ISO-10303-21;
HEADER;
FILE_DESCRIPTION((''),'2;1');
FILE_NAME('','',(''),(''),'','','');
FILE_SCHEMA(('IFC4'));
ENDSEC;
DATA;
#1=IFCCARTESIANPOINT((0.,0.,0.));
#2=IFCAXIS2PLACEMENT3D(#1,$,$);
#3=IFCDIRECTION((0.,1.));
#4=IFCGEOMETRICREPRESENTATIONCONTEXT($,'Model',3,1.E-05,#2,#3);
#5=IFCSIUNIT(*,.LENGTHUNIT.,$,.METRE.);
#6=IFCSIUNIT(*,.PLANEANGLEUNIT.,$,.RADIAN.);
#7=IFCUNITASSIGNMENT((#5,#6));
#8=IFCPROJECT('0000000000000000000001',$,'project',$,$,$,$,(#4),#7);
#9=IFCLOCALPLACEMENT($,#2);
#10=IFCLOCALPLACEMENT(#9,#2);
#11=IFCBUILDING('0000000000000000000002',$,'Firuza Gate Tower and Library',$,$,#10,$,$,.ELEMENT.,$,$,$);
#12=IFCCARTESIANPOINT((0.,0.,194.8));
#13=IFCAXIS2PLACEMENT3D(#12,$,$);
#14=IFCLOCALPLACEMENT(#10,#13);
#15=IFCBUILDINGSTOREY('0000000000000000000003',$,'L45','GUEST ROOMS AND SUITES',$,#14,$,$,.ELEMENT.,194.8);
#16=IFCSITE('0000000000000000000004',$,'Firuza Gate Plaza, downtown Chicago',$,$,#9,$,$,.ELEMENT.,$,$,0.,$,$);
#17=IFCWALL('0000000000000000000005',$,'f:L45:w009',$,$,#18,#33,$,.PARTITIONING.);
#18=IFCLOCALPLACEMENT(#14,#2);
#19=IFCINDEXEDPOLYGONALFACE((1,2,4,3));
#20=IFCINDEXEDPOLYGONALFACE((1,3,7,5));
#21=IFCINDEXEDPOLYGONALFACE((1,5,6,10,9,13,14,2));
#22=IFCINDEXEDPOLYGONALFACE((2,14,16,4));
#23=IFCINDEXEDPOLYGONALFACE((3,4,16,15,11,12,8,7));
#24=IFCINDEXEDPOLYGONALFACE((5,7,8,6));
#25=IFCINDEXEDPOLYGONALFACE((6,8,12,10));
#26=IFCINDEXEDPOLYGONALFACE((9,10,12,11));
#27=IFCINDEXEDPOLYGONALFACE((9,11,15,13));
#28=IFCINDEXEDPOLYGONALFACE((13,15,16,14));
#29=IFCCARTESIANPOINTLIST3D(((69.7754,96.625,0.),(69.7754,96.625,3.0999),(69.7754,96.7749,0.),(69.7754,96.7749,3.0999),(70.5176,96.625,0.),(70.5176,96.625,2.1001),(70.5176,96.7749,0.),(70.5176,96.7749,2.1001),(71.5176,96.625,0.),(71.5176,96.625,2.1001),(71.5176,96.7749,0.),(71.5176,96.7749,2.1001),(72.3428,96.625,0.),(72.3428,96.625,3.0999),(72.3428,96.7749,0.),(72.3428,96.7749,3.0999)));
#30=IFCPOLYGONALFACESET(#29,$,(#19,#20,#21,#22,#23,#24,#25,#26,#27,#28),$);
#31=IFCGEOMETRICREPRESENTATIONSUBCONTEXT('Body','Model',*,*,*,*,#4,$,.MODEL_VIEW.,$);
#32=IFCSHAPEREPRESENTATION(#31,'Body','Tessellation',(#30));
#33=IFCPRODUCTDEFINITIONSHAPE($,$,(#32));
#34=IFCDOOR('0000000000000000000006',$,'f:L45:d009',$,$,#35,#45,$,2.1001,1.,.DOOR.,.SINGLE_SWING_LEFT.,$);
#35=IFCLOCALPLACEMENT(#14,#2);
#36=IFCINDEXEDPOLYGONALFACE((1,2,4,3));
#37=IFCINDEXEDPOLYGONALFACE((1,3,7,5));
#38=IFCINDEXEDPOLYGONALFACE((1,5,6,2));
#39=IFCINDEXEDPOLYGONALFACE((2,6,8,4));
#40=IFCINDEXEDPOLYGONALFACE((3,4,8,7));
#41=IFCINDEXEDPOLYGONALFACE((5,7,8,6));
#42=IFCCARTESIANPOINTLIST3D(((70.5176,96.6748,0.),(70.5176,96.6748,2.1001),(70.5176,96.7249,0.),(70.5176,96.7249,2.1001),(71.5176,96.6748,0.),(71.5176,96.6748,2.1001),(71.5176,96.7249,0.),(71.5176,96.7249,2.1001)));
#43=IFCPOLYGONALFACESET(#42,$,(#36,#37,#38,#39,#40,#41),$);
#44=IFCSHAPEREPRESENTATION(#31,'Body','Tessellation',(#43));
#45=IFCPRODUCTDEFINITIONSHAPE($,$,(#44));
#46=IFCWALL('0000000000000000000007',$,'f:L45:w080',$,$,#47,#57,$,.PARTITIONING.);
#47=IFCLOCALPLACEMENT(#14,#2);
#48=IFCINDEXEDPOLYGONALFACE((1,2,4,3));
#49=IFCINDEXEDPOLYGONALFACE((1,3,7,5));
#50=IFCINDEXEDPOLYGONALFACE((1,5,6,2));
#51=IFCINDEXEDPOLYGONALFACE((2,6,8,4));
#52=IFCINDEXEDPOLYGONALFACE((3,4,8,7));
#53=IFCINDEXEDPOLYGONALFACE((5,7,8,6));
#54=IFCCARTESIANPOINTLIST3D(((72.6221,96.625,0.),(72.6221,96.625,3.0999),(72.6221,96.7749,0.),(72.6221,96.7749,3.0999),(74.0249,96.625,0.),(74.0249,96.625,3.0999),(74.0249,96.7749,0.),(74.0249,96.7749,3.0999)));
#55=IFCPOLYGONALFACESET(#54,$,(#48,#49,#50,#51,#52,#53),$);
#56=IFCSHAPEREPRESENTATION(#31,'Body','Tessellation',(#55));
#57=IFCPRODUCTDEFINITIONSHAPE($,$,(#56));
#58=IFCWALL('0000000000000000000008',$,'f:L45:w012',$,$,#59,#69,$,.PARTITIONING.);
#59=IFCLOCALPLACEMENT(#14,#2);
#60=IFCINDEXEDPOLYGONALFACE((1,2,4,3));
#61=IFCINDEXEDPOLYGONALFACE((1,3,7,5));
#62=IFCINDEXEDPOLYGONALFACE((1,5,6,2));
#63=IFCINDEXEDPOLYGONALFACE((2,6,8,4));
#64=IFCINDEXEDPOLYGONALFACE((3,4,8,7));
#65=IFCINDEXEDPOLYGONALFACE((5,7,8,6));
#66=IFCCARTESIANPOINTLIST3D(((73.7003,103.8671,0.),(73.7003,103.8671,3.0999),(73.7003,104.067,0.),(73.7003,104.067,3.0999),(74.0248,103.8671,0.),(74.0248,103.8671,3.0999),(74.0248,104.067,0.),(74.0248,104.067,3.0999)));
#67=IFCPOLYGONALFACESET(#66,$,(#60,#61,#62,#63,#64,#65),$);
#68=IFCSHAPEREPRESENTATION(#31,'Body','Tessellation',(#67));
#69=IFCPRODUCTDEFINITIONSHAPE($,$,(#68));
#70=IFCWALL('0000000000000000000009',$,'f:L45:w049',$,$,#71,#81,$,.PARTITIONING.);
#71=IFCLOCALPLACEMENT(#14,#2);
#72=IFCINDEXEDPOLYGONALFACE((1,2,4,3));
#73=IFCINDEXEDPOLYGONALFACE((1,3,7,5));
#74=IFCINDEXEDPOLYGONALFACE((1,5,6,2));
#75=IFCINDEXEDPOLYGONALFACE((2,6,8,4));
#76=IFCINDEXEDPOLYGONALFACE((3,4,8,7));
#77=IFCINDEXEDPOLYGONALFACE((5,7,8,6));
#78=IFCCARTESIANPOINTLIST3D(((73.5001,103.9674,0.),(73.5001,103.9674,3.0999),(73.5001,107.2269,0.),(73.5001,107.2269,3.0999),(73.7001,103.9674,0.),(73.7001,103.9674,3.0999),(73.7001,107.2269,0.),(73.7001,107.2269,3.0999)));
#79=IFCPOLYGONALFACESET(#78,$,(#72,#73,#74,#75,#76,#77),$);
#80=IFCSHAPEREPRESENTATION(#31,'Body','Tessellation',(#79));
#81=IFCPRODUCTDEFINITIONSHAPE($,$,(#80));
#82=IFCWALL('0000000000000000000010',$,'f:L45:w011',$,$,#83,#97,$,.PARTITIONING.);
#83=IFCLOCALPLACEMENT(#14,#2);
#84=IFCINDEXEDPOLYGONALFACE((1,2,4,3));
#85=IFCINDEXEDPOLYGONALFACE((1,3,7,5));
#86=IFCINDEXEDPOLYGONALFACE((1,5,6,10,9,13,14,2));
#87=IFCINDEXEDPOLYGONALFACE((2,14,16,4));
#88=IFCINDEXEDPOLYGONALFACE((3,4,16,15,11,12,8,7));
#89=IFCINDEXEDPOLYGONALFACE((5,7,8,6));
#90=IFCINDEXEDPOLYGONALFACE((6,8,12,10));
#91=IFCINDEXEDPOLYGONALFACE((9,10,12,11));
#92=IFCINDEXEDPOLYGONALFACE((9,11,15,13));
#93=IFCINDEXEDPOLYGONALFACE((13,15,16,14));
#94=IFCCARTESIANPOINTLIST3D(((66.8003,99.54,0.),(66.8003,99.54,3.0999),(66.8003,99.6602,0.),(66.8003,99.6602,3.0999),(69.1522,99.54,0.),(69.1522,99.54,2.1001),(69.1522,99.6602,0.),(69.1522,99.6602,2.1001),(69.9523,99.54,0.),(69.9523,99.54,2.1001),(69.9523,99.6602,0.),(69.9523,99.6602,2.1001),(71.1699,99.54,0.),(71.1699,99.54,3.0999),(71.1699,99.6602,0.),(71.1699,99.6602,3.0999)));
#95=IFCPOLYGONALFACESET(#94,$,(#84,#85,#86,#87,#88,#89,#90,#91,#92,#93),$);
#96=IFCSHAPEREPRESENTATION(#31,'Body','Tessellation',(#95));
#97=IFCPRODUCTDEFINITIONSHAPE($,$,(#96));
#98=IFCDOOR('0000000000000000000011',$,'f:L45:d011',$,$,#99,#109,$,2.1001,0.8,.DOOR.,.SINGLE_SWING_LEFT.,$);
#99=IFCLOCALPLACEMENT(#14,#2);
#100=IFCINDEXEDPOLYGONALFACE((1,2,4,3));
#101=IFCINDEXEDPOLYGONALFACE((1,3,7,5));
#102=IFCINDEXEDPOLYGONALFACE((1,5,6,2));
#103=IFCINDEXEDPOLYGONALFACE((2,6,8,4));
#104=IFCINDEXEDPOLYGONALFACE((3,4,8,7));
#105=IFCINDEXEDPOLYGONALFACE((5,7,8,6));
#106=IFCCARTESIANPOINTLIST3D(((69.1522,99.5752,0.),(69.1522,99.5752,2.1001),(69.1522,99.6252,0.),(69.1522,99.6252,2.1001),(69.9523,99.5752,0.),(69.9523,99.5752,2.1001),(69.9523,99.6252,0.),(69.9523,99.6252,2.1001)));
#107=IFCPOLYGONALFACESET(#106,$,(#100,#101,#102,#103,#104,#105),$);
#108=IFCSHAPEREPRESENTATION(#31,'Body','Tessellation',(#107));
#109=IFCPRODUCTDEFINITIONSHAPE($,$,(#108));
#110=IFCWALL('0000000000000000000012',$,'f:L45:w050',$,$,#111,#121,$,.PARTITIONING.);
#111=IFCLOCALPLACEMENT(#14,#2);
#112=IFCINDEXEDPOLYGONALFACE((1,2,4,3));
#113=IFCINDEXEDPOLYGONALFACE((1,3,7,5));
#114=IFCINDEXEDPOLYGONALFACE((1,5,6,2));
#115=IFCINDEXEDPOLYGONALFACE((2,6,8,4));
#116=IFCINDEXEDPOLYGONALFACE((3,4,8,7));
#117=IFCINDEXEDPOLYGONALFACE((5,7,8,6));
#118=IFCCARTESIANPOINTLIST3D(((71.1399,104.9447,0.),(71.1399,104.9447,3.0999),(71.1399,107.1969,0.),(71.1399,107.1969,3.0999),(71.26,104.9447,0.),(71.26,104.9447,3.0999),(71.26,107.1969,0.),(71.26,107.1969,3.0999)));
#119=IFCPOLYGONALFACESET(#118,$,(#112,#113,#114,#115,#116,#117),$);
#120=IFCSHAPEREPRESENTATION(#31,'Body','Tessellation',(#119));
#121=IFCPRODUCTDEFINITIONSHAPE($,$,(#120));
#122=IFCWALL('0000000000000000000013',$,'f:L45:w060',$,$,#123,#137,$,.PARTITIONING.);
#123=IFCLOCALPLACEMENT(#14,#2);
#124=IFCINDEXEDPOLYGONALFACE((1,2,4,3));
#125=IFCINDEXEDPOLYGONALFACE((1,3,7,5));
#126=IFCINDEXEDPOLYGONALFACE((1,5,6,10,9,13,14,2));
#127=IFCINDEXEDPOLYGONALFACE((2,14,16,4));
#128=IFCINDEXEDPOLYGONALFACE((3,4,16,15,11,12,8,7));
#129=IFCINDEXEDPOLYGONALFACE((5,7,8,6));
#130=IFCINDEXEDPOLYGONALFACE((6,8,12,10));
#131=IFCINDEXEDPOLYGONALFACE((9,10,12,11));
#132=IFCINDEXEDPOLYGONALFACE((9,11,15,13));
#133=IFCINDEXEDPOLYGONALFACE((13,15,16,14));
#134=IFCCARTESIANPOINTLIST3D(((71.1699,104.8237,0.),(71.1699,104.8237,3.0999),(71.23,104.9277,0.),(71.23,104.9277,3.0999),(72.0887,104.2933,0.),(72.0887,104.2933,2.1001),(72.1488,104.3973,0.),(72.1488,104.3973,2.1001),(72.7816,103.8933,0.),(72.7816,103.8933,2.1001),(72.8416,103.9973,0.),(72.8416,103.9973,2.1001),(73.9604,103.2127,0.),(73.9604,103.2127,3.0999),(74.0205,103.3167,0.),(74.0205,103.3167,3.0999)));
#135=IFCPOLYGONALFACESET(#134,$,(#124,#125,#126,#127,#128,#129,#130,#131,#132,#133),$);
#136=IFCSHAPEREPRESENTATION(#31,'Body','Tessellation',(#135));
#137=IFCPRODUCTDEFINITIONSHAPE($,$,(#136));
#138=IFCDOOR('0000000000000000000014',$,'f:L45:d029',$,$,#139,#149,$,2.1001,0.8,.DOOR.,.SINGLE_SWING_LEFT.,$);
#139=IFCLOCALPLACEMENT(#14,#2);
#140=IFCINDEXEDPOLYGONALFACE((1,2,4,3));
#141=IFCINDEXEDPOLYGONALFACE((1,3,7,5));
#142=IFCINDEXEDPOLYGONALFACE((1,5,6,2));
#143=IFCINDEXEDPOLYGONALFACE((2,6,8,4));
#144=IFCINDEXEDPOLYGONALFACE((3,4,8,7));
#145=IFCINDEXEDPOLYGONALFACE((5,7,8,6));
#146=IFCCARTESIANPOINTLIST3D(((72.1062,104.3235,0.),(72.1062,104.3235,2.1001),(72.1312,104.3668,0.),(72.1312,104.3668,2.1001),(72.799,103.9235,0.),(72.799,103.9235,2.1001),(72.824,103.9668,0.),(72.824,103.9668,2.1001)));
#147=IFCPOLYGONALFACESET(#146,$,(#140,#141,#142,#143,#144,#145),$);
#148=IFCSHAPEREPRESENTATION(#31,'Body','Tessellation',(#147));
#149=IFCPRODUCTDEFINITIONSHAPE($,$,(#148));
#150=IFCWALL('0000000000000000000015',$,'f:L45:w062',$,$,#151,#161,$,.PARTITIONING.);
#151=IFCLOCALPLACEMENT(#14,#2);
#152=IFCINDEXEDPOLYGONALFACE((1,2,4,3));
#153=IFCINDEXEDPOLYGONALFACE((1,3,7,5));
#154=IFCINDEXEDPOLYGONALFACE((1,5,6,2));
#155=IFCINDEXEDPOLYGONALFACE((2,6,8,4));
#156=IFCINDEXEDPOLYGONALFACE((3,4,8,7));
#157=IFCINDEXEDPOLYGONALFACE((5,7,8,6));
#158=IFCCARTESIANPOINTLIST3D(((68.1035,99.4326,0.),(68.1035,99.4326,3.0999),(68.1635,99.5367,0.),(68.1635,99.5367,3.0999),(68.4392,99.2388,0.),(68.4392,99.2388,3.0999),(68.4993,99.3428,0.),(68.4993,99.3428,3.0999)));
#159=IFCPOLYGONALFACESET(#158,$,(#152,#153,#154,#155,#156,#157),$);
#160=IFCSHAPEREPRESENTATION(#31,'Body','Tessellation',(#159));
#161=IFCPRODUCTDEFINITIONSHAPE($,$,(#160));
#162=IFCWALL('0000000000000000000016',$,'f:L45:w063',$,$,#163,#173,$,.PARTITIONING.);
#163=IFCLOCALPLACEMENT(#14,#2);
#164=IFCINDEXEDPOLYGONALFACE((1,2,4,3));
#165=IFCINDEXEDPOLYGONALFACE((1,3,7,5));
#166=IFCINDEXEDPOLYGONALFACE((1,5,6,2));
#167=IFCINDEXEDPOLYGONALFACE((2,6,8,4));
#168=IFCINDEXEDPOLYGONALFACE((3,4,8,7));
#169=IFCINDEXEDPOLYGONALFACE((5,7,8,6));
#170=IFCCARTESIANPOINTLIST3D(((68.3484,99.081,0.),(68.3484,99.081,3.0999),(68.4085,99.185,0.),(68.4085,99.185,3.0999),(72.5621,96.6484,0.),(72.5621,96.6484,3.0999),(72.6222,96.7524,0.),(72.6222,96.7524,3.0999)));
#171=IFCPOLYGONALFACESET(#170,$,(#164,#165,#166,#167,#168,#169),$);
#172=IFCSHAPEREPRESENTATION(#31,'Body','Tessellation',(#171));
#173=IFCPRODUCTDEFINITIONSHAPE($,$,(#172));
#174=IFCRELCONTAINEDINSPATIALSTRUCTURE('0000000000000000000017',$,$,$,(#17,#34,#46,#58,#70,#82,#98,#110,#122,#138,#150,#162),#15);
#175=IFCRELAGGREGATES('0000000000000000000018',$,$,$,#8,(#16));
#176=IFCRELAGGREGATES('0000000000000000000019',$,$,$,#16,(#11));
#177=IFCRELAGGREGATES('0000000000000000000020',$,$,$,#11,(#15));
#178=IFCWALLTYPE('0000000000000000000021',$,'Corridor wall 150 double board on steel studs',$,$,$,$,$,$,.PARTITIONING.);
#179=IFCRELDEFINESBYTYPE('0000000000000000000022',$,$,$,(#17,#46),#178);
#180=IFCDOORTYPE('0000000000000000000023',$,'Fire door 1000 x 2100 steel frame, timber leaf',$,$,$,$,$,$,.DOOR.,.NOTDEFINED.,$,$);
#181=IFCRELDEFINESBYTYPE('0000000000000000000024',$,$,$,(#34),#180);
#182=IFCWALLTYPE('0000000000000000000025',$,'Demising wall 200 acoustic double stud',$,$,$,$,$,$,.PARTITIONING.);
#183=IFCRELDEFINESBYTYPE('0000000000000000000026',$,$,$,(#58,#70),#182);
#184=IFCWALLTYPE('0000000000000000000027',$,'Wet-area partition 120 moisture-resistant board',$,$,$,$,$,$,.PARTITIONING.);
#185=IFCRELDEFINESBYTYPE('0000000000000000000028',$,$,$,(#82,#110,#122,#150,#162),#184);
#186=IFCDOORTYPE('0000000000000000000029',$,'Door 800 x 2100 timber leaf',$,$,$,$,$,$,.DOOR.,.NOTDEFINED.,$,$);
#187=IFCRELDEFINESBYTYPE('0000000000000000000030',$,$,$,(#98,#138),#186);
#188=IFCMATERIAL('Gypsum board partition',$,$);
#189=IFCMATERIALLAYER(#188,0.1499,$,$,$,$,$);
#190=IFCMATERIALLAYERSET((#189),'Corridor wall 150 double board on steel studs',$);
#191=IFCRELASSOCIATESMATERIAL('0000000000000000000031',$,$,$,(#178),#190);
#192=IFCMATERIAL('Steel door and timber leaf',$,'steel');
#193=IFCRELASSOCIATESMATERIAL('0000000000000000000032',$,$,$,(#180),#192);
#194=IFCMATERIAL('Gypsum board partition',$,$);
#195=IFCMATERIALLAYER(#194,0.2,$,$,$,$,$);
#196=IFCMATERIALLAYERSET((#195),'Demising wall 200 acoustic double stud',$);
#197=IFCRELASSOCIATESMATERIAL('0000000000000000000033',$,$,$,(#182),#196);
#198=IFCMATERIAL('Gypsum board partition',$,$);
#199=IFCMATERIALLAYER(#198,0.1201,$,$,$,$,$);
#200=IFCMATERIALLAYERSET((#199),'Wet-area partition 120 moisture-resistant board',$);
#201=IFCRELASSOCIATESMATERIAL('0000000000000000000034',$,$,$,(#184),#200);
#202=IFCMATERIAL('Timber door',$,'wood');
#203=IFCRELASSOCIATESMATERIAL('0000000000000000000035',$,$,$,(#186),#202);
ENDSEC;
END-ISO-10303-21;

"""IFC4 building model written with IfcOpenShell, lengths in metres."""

from ifc_helpers import new_model, si_unit, direction, frame, frame_2d, origin, place, context, subcontext, project, spatial, rectangle, extrude, material, layer, layer_set, type_object, element, fill, save


model = new_model("IFC4")

# Units and contexts
model_context = context("Model", 3, precision=1e-05, world=origin(), true_north=direction((0.0, 1.0)))
body_context = subcontext(model_context, "Body", "Model", "MODEL_VIEW")
ifc_project = project(units=[si_unit("LENGTHUNIT", "METRE"), si_unit("PLANEANGLEUNIT", "RADIAN")], contexts=[model_context])

# Site, building, storey
site_placement = place(None, origin())
site = spatial("IfcSite", under=ifc_project, at=site_placement, Name="Firuza Gate Plaza, downtown Chicago", CompositionType="ELEMENT", RefElevation=0.0)
building_placement = place(site_placement, origin())
building = spatial("IfcBuilding", under=site, at=building_placement, Name="Firuza Gate Tower and Library", CompositionType="ELEMENT")
storey_placement = place(building_placement, frame((0.0, 0.0, 194.8)))
storey = spatial("IfcBuildingStorey", under=building, at=storey_placement, Name="L45", Description="GUEST ROOMS AND SUITES", CompositionType="ELEMENT", Elevation=194.8)

# Wall, opening, door
ifc_material_1 = material(Name="Gypsum board partition")
ifc_layer_1 = layer(ifc_material_1, 0.1499)
ifc_layer_set_1 = layer_set([ifc_layer_1], Name="Corridor wall 150 double board on steel studs")
wall_type_1 = type_object("IfcWallType", Name="Corridor wall 150 double board on steel studs", PredefinedType="PARTITIONING", material=ifc_layer_set_1)
wall_1_placement = place(storey_placement, frame((69.7754, 96.7, 0.0), z_axis=(0.0, 0.0, 1.0), x_axis=(1.0, 0.0, 0.0)))
wall_1 = element("IfcWall", 1, at=wall_1_placement, inside=storey, type_object=wall_type_1, Name="f:L45:w009", PredefinedType="PARTITIONING", context=body_context, shape_type="SweptSolid", body=[
    extrude(rectangle(XDim=2.5674, YDim=0.1499, at=frame_2d((1.2837, 0.0))), origin(), (0.0, 0.0, 1.0), 3.0999),
])
opening_1_placement = place(wall_1_placement, frame((0.7422, 0.0, 0.0)))
opening_1 = element("IfcOpeningElement", 2, at=opening_1_placement, cuts=wall_1, PredefinedType="OPENING", context=body_context, shape_type="SweptSolid", body=[
    extrude(rectangle(XDim=1.0, YDim=2.1001, at=frame_2d((0.5, 1.05))), frame((0.0, 0.085, 0.0), z_axis=(0.0, -1.0, 0.0), x_axis=(1.0, 0.0, 0.0)), (0.0, 0.0, 1.0), 0.1699),
])
ifc_material_2 = material(Name="Steel door and timber leaf", Category="steel")
door_type_1 = type_object("IfcDoorType", Name="Fire door 1000 x 2100 steel frame, timber leaf", OperationType="NOTDEFINED", PredefinedType="DOOR", material=ifc_material_2)
door_1_placement = place(opening_1_placement, origin())
door_1 = element("IfcDoor", 3, at=door_1_placement, inside=storey, type_object=door_type_1, Name="f:L45:d009", OperationType="SINGLE_SWING_LEFT", OverallHeight=2.1001, OverallWidth=1.0, PredefinedType="DOOR", context=body_context, shape_type="SweptSolid", body=[
    extrude(rectangle(XDim=1.0, YDim=2.1001, at=frame_2d((0.5, 1.05))), frame((0.0, 0.0249, 0.0), z_axis=(0.0, -1.0, 0.0), x_axis=(1.0, 0.0, 0.0)), (0.0, 0.0, 1.0), 0.05),
])
fill(opening_1, door_1)

# Walls
wall_2_placement = place(storey_placement, frame((72.6221, 96.7, 0.0), z_axis=(0.0, 0.0, 1.0), x_axis=(1.0, 0.0, 0.0)))
element("IfcWall", 4, at=wall_2_placement, inside=storey, type_object=wall_type_1, Name="f:L45:w080", PredefinedType="PARTITIONING", context=body_context, shape_type="SweptSolid", body=[
    extrude(rectangle(XDim=1.4028, YDim=0.1499, at=frame_2d((0.7014, 0.0))), origin(), (0.0, 0.0, 1.0), 3.0999),
])
ifc_material_3 = material(Name="Gypsum board partition")
ifc_layer_2 = layer(ifc_material_3, 0.2)
ifc_layer_set_2 = layer_set([ifc_layer_2], Name="Demising wall 200 acoustic double stud")
wall_type_2 = type_object("IfcWallType", Name="Demising wall 200 acoustic double stud", PredefinedType="PARTITIONING", material=ifc_layer_set_2)
wall_3_placement = place(storey_placement, frame((73.7004, 103.967, 0.0), z_axis=(0.0, 0.0, 1.0), x_axis=(1.0, 0.0, 0.0)))
element("IfcWall", 5, at=wall_3_placement, inside=storey, type_object=wall_type_2, Name="f:L45:w012", PredefinedType="PARTITIONING", context=body_context, shape_type="SweptSolid", body=[
    extrude(rectangle(XDim=0.3245, YDim=0.2, at=frame_2d((0.1621, 0.0))), origin(), (0.0, 0.0, 1.0), 3.0999),
])
wall_4_placement = place(storey_placement, frame((73.6001, 103.9673, 0.0), z_axis=(0.0, 0.0, 1.0), x_axis=(0.0, 1.0, 0.0)))
element("IfcWall", 6, at=wall_4_placement, inside=storey, type_object=wall_type_2, Name="f:L45:w049", PredefinedType="PARTITIONING", context=body_context, shape_type="SweptSolid", body=[
    extrude(rectangle(XDim=3.2595, YDim=0.2, at=frame_2d((1.6299, 0.0))), origin(), (0.0, 0.0, 1.0), 3.0999),
])

# Wall, opening, door
ifc_material_4 = material(Name="Gypsum board partition")
ifc_layer_3 = layer(ifc_material_4, 0.1201)
ifc_layer_set_3 = layer_set([ifc_layer_3], Name="Wet-area partition 120 moisture-resistant board")
wall_type_3 = type_object("IfcWallType", Name="Wet-area partition 120 moisture-resistant board", PredefinedType="PARTITIONING", material=ifc_layer_set_3)
wall_5_placement = place(storey_placement, frame((71.1699, 99.6001, 0.0), z_axis=(0.0, 0.0, 1.0), x_axis=(-1.0, 0.0, 0.0)))
wall_5 = element("IfcWall", 7, at=wall_5_placement, inside=storey, type_object=wall_type_3, Name="f:L45:w011", PredefinedType="PARTITIONING", context=body_context, shape_type="SweptSolid", body=[
    extrude(rectangle(XDim=4.3696, YDim=0.1201, at=frame_2d((2.1848, 0.0))), origin(), (0.0, 0.0, 1.0), 3.0999),
])
opening_2_placement = place(wall_5_placement, frame((1.2178, 0.0, 0.0)))
opening_2 = element("IfcOpeningElement", 8, at=opening_2_placement, cuts=wall_5, PredefinedType="OPENING", context=body_context, shape_type="SweptSolid", body=[
    extrude(rectangle(XDim=0.8, YDim=2.1001, at=frame_2d((0.3999, 1.05))), frame((0.0, 0.0701, 0.0), z_axis=(0.0, -1.0, 0.0), x_axis=(1.0, 0.0, 0.0)), (0.0, 0.0, 1.0), 0.1401),
])
ifc_material_5 = material(Name="Timber door", Category="wood")
door_type_2 = type_object("IfcDoorType", Name="Door 800 x 2100 timber leaf", OperationType="NOTDEFINED", PredefinedType="DOOR", material=ifc_material_5)
door_2_placement = place(opening_2_placement, origin())
door_2 = element("IfcDoor", 9, at=door_2_placement, inside=storey, type_object=door_type_2, Name="f:L45:d011", OperationType="SINGLE_SWING_LEFT", OverallHeight=2.1001, OverallWidth=0.8, PredefinedType="DOOR", context=body_context, shape_type="SweptSolid", body=[
    extrude(rectangle(XDim=0.8, YDim=2.1001, at=frame_2d((0.3999, 1.05))), frame((0.0, 0.0249, 0.0), z_axis=(0.0, -1.0, 0.0), x_axis=(1.0, 0.0, 0.0)), (0.0, 0.0, 1.0), 0.05),
])
fill(opening_2, door_2)

# Wall
wall_6_placement = place(storey_placement, frame((71.2, 104.9448, 0.0), z_axis=(0.0, 0.0, 1.0), x_axis=(0.0, 1.0, 0.0)))
element("IfcWall", 10, at=wall_6_placement, inside=storey, type_object=wall_type_3, Name="f:L45:w050", PredefinedType="PARTITIONING", context=body_context, shape_type="SweptSolid", body=[
    extrude(rectangle(XDim=2.2522, YDim=0.1201, at=frame_2d((1.126, 0.0))), origin(), (0.0, 0.0, 1.0), 3.0999),
])

# Wall, opening, door
wall_7_placement = place(storey_placement, frame((71.2, 104.8757, 0.0), z_axis=(0.0, 0.0, 1.0), x_axis=(0.866029, -0.499994, 0.0)))
wall_7 = element("IfcWall", 11, at=wall_7_placement, inside=storey, type_object=wall_type_3, Name="f:L45:w060", PredefinedType="PARTITIONING", context=body_context, shape_type="SweptSolid", body=[
    extrude(rectangle(XDim=3.2222, YDim=0.1201, at=frame_2d((1.6111, 0.0))), origin(), (0.0, 0.0, 1.0), 3.0999),
])
opening_3_placement = place(wall_7_placement, frame((1.061, 0.0, 0.0)))
opening_3 = element("IfcOpeningElement", 12, at=opening_3_placement, cuts=wall_7, PredefinedType="OPENING", context=body_context, shape_type="SweptSolid", body=[
    extrude(rectangle(XDim=0.8, YDim=2.1001, at=frame_2d((0.3999, 1.05))), frame((0.0, 0.0701, 0.0), z_axis=(0.0, -1.0, 0.0), x_axis=(1.0, 0.0, 0.0)), (0.0, 0.0, 1.0), 0.1401),
])
door_3_placement = place(opening_3_placement, origin())
door_3 = element("IfcDoor", 13, at=door_3_placement, inside=storey, type_object=door_type_2, Name="f:L45:d029", OperationType="SINGLE_SWING_LEFT", OverallHeight=2.1001, OverallWidth=0.8, PredefinedType="DOOR", context=body_context, shape_type="SweptSolid", body=[
    extrude(rectangle(XDim=0.8, YDim=2.1001, at=frame_2d((0.3999, 1.05))), frame((0.0, 0.0249, 0.0), z_axis=(0.0, -1.0, 0.0), x_axis=(1.0, 0.0, 0.0)), (0.0, 0.0, 1.0), 0.05),
])
fill(opening_3, door_3)

# Walls
wall_8_placement = place(storey_placement, frame((68.4692, 99.2908, 0.0), z_axis=(0.0, 0.0, 1.0), x_axis=(-0.865986, 0.500068, 0.0)))
element("IfcWall", 14, at=wall_8_placement, inside=storey, type_object=wall_type_3, Name="f:L45:w062", PredefinedType="PARTITIONING", context=body_context, shape_type="SweptSolid", body=[
    extrude(rectangle(XDim=0.3877, YDim=0.1201, at=frame_2d((0.1938, 0.0))), origin(), (0.0, 0.0, 1.0), 3.0999),
])
wall_9_placement = place(storey_placement, frame((72.592, 96.7004, 0.0), z_axis=(0.0, 0.0, 1.0), x_axis=(-0.866036, 0.499982, 0.0)))
element("IfcWall", 15, at=wall_9_placement, inside=storey, type_object=wall_type_3, Name="f:L45:w063", PredefinedType="PARTITIONING", context=body_context, shape_type="SweptSolid", body=[
    extrude(rectangle(XDim=4.8655, YDim=0.1201, at=frame_2d((2.4326, 0.0))), origin(), (0.0, 0.0, 1.0), 3.0999),
])

save(model, "model.ifc")
